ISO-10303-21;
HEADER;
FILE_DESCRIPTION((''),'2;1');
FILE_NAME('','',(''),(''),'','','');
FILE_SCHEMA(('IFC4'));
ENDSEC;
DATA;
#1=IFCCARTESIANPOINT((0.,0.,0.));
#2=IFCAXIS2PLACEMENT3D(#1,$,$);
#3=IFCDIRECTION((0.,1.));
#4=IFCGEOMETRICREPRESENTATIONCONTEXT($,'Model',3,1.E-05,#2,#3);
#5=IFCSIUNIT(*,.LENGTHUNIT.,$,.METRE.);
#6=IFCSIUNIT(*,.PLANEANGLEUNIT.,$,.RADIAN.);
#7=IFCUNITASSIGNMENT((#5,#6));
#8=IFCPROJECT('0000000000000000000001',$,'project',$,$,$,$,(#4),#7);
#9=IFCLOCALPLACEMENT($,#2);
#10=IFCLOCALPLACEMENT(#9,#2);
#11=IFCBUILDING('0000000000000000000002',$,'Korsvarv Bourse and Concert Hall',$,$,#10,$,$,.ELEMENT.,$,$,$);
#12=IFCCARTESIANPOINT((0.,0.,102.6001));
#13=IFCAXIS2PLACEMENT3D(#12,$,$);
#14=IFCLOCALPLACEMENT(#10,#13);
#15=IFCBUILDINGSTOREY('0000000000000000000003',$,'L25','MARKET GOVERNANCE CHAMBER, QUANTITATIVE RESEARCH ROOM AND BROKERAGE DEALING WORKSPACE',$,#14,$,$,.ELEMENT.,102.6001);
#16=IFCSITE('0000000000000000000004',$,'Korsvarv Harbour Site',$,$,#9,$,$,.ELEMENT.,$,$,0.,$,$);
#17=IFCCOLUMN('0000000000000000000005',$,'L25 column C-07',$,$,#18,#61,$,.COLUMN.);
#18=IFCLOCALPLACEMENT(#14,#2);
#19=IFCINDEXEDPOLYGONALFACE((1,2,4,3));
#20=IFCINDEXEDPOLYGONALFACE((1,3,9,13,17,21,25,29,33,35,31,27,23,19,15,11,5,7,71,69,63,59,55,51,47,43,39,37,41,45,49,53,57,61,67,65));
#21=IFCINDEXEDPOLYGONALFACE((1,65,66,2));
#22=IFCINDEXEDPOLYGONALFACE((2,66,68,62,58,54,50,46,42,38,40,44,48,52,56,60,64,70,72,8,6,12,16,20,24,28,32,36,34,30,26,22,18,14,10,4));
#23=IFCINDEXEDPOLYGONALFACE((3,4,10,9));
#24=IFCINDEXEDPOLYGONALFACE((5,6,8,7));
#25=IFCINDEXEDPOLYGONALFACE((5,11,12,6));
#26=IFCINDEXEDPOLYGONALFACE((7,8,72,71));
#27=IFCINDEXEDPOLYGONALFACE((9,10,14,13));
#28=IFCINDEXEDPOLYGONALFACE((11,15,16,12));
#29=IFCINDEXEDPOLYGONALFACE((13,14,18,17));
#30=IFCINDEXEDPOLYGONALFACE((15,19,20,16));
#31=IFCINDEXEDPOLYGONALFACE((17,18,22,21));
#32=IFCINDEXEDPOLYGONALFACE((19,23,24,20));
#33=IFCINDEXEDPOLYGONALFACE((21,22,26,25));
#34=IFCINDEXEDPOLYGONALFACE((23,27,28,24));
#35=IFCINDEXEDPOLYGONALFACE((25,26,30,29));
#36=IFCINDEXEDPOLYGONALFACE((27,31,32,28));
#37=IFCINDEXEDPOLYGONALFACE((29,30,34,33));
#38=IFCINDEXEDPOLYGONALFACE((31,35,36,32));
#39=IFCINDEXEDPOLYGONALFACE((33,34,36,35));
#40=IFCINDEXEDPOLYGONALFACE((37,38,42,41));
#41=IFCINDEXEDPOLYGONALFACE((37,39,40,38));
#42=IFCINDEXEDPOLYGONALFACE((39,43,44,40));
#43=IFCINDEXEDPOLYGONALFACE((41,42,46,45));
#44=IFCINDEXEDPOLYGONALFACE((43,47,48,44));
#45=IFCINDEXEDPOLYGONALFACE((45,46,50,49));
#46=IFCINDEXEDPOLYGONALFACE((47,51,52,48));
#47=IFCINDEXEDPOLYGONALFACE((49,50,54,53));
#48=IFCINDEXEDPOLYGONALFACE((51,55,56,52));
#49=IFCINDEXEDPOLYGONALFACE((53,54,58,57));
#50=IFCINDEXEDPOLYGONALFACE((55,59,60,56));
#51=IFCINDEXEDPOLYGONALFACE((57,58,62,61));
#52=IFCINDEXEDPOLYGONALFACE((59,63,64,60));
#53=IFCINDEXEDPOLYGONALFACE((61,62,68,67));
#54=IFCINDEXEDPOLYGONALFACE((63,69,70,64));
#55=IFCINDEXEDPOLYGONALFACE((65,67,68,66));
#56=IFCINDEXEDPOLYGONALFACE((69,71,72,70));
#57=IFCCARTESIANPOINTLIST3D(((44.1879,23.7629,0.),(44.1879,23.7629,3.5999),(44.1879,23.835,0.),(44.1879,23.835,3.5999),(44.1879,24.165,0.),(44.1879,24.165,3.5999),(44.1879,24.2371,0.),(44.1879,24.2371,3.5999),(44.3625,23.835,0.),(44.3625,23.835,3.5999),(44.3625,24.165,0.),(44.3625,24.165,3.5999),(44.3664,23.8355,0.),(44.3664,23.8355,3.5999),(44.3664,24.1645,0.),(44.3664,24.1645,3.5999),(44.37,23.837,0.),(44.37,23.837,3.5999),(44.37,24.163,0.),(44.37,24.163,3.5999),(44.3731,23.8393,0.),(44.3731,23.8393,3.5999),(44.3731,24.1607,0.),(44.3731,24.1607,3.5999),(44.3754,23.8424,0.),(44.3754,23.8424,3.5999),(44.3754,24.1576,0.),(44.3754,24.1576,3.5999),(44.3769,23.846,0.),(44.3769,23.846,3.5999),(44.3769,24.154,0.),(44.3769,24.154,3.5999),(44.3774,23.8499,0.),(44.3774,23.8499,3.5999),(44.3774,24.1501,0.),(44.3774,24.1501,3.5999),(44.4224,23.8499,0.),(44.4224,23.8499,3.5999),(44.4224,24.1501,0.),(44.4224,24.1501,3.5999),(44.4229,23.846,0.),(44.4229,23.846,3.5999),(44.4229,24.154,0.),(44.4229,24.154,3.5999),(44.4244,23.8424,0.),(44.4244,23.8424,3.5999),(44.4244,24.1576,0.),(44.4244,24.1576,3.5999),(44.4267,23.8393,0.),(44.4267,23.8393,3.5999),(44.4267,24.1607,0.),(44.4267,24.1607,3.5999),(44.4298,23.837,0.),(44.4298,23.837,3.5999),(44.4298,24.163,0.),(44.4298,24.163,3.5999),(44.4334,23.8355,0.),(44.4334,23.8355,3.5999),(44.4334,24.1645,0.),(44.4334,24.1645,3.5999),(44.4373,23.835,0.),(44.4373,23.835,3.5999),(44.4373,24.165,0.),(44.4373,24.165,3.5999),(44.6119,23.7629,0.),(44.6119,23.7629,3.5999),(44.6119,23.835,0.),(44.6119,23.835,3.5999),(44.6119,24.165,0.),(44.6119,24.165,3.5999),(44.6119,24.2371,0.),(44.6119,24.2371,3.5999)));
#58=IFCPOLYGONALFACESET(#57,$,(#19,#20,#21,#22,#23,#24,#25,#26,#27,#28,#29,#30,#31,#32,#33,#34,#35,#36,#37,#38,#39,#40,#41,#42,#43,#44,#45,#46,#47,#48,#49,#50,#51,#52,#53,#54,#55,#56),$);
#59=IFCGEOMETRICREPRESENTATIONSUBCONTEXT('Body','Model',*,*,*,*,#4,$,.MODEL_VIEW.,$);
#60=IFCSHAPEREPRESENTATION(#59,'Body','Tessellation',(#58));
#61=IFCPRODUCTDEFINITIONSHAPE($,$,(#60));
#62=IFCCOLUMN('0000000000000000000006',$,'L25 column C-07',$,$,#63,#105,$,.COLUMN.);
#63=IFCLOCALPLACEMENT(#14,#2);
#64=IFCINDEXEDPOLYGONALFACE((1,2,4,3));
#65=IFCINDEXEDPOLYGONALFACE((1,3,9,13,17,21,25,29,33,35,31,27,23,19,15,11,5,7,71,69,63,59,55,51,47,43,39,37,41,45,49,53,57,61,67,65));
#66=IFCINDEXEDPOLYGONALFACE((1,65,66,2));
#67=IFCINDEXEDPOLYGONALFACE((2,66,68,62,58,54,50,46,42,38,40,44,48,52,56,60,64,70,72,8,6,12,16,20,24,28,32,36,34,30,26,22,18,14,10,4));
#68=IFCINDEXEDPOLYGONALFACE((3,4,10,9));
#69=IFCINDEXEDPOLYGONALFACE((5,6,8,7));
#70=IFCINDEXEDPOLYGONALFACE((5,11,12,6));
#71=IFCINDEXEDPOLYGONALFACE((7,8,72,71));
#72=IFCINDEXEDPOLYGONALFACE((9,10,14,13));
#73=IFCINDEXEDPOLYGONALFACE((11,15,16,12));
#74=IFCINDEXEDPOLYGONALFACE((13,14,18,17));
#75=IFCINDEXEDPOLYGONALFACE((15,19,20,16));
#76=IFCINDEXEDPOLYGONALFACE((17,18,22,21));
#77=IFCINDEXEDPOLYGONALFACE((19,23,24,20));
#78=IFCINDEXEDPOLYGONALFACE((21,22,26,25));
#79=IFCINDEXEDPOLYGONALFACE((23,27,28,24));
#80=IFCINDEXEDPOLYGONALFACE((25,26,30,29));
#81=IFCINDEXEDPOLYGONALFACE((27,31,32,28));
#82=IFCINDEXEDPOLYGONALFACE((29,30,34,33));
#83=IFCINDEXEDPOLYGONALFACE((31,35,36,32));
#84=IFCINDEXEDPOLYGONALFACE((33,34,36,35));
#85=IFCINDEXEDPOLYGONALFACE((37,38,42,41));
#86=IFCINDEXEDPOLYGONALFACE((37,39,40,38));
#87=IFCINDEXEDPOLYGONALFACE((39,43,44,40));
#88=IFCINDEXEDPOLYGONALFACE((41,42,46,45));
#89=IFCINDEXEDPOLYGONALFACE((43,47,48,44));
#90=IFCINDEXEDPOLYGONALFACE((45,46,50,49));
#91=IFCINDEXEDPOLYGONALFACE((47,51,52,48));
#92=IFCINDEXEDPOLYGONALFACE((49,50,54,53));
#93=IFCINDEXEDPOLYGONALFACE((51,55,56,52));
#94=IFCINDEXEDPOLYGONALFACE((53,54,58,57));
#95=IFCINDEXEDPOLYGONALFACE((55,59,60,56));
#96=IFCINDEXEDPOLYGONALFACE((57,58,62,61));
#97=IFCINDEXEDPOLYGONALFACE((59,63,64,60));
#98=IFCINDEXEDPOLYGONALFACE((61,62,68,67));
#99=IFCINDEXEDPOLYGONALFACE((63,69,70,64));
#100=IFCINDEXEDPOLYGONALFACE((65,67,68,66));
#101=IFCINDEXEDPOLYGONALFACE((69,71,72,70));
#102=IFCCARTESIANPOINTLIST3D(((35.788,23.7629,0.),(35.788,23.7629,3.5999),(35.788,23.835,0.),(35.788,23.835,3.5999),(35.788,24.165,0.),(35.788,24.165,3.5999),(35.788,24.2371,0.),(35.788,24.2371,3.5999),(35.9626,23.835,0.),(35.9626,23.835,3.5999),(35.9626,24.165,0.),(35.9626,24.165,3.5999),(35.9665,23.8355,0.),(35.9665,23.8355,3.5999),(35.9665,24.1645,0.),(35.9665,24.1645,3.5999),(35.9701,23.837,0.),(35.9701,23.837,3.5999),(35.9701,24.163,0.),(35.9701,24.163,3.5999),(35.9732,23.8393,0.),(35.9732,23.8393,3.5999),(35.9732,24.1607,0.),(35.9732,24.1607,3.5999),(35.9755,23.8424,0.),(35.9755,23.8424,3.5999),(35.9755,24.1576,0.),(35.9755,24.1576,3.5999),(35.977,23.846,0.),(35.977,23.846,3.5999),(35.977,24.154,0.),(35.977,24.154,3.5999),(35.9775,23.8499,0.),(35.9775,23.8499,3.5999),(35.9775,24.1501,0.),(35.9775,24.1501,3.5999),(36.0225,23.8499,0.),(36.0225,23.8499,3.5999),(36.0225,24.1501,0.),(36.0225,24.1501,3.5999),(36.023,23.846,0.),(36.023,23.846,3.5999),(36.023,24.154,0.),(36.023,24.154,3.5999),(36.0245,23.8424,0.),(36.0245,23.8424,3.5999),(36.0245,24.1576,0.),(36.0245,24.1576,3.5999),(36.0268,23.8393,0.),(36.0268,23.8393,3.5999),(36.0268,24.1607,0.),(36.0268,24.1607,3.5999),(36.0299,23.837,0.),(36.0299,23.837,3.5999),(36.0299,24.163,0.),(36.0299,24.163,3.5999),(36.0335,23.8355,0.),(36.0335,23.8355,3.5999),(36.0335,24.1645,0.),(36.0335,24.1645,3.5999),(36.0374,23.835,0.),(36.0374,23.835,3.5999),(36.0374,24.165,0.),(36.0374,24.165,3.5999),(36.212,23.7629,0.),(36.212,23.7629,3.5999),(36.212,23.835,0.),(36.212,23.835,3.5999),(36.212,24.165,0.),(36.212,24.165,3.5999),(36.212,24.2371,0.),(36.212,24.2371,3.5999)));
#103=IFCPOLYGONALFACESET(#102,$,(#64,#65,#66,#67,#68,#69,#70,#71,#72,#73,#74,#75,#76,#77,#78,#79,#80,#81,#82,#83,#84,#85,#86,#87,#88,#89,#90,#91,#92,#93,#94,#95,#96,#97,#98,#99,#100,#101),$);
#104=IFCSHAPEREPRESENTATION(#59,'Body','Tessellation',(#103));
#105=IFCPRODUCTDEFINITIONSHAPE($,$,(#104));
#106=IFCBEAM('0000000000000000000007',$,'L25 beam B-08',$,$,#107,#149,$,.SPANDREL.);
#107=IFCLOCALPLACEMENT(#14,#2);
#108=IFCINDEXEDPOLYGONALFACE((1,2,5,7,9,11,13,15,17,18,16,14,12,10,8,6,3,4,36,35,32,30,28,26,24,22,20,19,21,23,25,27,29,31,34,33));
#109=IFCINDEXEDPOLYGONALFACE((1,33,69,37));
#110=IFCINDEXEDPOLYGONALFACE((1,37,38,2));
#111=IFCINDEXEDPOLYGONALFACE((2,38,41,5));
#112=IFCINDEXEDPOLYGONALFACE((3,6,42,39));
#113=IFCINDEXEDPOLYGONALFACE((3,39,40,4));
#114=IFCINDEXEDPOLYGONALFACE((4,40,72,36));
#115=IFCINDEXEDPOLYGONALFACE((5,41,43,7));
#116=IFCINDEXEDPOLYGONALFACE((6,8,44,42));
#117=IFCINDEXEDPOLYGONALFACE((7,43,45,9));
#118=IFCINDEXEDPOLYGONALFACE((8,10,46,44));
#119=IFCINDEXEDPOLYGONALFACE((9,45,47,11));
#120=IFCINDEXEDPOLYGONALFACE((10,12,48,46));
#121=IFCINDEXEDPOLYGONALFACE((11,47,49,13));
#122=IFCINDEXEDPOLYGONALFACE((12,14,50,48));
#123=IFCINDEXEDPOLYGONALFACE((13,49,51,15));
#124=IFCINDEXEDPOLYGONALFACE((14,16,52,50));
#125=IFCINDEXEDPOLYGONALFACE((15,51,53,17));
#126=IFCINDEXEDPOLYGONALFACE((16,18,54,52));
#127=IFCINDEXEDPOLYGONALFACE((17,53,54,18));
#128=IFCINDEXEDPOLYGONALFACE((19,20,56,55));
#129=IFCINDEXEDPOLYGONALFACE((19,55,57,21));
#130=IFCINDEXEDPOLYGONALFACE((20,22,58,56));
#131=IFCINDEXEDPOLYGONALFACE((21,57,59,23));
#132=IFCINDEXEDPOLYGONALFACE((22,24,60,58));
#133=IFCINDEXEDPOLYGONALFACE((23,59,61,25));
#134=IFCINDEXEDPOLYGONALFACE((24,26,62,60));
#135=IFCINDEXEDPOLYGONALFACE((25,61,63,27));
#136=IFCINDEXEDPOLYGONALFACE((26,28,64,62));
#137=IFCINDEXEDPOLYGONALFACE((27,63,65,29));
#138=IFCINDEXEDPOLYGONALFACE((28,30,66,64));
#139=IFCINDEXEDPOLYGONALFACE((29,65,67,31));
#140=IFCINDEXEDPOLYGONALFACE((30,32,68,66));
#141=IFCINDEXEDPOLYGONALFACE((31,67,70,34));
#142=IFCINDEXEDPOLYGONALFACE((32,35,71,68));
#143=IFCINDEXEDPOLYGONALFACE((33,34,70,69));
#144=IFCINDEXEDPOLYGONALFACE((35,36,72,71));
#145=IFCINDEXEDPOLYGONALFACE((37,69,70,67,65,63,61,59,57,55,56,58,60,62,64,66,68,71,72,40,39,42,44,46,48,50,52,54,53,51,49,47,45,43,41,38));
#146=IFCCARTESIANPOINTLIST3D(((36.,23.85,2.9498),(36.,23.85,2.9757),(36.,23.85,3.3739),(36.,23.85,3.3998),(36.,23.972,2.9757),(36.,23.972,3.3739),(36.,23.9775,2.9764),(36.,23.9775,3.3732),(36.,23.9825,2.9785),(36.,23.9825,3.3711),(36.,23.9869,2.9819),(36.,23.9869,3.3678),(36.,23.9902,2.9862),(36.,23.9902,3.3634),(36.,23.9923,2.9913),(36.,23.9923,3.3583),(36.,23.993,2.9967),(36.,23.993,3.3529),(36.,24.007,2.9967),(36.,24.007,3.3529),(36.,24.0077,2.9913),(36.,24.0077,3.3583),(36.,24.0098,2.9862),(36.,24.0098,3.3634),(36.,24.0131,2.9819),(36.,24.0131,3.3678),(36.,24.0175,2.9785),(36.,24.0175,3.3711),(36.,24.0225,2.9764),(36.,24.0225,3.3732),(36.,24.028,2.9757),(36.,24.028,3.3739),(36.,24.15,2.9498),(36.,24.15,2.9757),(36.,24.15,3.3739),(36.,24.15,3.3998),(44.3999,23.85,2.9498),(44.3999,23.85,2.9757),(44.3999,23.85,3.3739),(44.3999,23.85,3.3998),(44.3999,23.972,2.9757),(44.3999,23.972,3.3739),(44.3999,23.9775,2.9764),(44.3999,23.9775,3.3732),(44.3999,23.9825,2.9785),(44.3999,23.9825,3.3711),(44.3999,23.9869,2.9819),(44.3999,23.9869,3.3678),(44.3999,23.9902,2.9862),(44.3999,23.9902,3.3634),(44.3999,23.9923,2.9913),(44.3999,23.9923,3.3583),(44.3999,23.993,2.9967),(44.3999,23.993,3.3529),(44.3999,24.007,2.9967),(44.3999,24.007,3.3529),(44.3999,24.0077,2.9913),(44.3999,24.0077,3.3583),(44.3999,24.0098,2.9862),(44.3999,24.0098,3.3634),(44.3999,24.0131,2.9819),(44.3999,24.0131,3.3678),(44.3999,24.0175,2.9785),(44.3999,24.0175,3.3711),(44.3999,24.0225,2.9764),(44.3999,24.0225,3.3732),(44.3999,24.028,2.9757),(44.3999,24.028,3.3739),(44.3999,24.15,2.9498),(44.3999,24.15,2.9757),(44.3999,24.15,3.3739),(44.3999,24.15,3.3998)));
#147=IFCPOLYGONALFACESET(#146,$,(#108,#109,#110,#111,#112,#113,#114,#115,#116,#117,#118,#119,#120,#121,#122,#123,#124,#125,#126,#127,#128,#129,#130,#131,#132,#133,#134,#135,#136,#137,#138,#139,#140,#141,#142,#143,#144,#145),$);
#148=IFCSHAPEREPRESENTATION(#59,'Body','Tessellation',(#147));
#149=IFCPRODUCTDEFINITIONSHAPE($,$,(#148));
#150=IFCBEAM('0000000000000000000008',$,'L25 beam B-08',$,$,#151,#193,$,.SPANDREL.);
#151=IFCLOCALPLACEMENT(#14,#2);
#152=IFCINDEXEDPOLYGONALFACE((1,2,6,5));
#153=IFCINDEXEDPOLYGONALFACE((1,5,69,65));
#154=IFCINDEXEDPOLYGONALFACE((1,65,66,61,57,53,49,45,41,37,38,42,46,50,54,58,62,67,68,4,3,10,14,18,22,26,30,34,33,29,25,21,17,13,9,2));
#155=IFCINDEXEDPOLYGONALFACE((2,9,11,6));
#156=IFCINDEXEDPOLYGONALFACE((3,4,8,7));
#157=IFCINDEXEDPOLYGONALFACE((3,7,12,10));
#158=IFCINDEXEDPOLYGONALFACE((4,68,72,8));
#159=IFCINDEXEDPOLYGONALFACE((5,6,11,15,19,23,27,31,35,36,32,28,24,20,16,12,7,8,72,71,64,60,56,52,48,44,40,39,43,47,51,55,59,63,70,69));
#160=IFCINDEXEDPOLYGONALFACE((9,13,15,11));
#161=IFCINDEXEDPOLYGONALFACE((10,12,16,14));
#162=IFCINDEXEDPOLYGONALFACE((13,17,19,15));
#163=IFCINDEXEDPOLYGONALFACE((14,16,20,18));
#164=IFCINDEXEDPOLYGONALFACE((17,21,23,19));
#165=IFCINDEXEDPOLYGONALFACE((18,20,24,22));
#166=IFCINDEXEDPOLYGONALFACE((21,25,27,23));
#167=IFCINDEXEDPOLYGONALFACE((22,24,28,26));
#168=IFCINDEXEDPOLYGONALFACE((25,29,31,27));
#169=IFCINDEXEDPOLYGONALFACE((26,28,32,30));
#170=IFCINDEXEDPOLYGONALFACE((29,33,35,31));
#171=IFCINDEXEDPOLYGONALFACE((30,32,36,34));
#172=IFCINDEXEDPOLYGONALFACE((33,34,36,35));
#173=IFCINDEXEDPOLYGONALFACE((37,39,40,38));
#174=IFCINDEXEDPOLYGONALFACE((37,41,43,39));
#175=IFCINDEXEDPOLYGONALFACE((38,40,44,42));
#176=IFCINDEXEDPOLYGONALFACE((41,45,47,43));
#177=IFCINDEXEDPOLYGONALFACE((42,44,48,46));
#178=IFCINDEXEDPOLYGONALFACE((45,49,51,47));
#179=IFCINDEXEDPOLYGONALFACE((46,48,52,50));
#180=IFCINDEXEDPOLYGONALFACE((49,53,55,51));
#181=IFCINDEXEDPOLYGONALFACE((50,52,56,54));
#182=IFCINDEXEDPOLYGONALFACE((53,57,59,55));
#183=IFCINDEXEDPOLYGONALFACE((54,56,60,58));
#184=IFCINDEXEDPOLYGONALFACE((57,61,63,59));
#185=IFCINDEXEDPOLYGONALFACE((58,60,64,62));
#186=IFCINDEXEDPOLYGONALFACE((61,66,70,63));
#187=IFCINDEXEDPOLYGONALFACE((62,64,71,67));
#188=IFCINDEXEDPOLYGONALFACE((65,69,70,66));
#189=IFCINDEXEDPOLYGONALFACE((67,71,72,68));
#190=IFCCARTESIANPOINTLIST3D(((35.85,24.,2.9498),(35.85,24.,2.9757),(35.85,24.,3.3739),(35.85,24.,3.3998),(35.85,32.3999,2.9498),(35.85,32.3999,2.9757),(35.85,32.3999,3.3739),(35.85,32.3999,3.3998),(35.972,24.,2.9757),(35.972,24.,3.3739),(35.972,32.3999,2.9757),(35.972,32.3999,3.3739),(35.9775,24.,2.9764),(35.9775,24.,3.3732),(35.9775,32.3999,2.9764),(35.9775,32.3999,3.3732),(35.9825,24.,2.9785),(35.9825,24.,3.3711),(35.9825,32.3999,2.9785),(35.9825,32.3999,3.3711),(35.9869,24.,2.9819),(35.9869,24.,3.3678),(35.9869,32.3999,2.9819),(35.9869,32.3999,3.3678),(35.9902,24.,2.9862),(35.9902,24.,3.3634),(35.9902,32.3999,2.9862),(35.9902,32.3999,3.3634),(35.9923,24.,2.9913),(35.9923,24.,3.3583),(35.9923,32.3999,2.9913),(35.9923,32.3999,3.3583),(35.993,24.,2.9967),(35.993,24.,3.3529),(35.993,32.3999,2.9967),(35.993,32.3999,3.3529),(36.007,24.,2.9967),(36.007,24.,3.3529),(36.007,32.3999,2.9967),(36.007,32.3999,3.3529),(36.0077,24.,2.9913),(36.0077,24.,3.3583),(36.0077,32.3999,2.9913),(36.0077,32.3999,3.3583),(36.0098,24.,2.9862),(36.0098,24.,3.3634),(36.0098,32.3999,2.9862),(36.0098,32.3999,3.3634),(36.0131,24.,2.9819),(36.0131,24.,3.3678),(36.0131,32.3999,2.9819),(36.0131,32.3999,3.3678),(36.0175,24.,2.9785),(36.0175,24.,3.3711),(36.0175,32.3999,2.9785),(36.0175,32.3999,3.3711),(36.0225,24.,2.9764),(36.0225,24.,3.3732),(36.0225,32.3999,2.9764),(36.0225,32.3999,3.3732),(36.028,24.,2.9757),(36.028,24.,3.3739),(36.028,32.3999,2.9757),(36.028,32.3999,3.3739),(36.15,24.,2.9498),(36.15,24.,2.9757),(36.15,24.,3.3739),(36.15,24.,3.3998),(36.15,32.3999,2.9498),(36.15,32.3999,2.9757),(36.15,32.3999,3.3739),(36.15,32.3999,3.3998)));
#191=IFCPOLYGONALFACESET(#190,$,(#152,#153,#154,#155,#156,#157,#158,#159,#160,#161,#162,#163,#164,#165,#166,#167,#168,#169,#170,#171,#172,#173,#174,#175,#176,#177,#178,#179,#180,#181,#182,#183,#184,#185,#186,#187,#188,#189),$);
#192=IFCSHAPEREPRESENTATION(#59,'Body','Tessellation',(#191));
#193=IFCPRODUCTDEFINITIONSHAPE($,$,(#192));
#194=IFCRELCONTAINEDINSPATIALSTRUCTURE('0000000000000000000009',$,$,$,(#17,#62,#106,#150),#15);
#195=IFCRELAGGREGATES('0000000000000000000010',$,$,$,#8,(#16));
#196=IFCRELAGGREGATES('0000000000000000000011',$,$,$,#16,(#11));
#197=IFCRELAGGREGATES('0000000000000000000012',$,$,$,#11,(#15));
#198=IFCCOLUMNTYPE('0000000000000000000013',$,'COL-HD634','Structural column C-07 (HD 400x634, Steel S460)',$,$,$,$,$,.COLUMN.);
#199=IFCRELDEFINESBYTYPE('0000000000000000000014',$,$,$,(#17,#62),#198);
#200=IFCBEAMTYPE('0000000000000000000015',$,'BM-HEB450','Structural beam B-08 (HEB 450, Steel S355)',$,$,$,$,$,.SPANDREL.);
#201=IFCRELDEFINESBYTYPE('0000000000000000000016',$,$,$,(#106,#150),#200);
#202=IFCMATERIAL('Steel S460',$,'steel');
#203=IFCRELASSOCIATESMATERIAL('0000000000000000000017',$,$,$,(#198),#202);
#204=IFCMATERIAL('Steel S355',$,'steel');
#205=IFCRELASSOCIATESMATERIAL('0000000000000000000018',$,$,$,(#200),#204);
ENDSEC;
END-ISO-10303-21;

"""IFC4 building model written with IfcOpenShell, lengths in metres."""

from ifc_helpers import new_model, si_unit, direction, frame, origin, origin_2d, place, context, subcontext, project, spatial, i_section, extrude, source, transform, mapped, material, material_profile, profile_set, type_object, element, save


model = new_model("IFC4")

# Units and contexts
model_context = context("Model", 3, precision=1e-05, world=origin(), true_north=direction((0.0, 1.0)))
body_context = subcontext(model_context, "Body", "Model", "MODEL_VIEW")
ifc_project = project(units=[si_unit("LENGTHUNIT", "METRE"), si_unit("PLANEANGLEUNIT", "RADIAN")], contexts=[model_context])

# Site, building, storey
site_placement = place(None, origin())
site = spatial("IfcSite", under=ifc_project, at=site_placement, Name="Korsvarv Harbour Site", CompositionType="ELEMENT", RefElevation=0.0)
building_placement = place(site_placement, origin())
building = spatial("IfcBuilding", under=site, at=building_placement, Name="Korsvarv Bourse and Concert Hall", CompositionType="ELEMENT")
storey_placement = place(building_placement, frame((0.0, 0.0, 102.6001)))
storey = spatial("IfcBuildingStorey", under=building, at=storey_placement, Name="L25", Description="MARKET GOVERNANCE CHAMBER, QUANTITATIVE RESEARCH ROOM AND BROKERAGE DEALING WORKSPACE", CompositionType="ELEMENT", Elevation=102.6001)

# Columns
ifc_material_1 = material(Name="Steel S460", Category="steel")
ifc_material_profile_1 = material_profile(ifc_material_1, i_section(OverallWidth=0.4241, OverallDepth=0.4741, WebThickness=0.0449, FlangeThickness=0.072, FilletRadius=0.0149, at=origin_2d()), Name="HD 400x634")
ifc_profile_set_1 = profile_set([ifc_material_profile_1], Name="Steel S460")
column_type = type_object("IfcColumnType", Name="COL-HD634", Description="Structural column C-07 (HD 400x634, Steel S460)", PredefinedType="COLUMN", material=ifc_profile_set_1)
shared_shape_1 = source(origin(), body_context, "Body", "SweptSolid", [
    extrude(i_section(OverallWidth=0.4241, OverallDepth=0.4741, WebThickness=0.0449, FlangeThickness=0.072, FilletRadius=0.0149, at=origin_2d()), origin(), (0.0, 0.0, 1.0), 3.5999),
])
for number, where, z_axis, x_axis, name in (
    (1, (44.3999, 24.0, 0.0), (0.0, 0.0, 1.0), (1.0, 0.0, 0.0), "L25 column C-07"),
    (2, (36.0, 24.0, 0.0), (0.0, 0.0, 1.0), (1.0, 0.0, 0.0), "L25 column C-07"),
):
    element("IfcColumn", number, at=place(storey_placement, frame(where, z_axis=z_axis, x_axis=x_axis)), inside=storey, type_object=column_type, Name=name, PredefinedType="COLUMN", context=body_context, shape_type="MappedRepresentation", body=[
        mapped(shared_shape_1, transform((0.0, 0.0, 0.0), scale=1.0)),
    ])

# Beams
ifc_material_2 = material(Name="Steel S355", Category="steel")
ifc_material_profile_2 = material_profile(ifc_material_2, i_section(OverallWidth=0.3, OverallDepth=0.45, WebThickness=0.0139, FlangeThickness=0.0259, FilletRadius=0.021, at=origin_2d()), Name="HEB 450")
ifc_profile_set_2 = profile_set([ifc_material_profile_2], Name="Steel S355")
beam_type = type_object("IfcBeamType", Name="BM-HEB450", Description="Structural beam B-08 (HEB 450, Steel S355)", PredefinedType="SPANDREL", material=ifc_profile_set_2)
shared_shape_2 = source(origin(), body_context, "Body", "SweptSolid", [
    extrude(i_section(OverallWidth=0.3, OverallDepth=0.45, WebThickness=0.0139, FlangeThickness=0.0259, FilletRadius=0.021, at=origin_2d()), origin(), (0.0, 0.0, 1.0), 8.3999),
])
for number, where, z_axis, x_axis, name in (
    (3, (36.0, 24.0, 3.1748), (1.0, 0.0, 0.0), (0.0, 1.0, 0.0), "L25 beam B-08"),
    (4, (36.0, 24.0, 3.1748), (0.0, 1.0, 0.0), (-1.0, 0.0, 0.0), "L25 beam B-08"),
):
    element("IfcBeam", number, at=place(storey_placement, frame(where, z_axis=z_axis, x_axis=x_axis)), inside=storey, type_object=beam_type, Name=name, PredefinedType="SPANDREL", context=body_context, shape_type="MappedRepresentation", body=[
        mapped(shared_shape_2, transform((0.0, 0.0, 0.0), scale=1.0)),
    ])

save(model, "model.ifc")
